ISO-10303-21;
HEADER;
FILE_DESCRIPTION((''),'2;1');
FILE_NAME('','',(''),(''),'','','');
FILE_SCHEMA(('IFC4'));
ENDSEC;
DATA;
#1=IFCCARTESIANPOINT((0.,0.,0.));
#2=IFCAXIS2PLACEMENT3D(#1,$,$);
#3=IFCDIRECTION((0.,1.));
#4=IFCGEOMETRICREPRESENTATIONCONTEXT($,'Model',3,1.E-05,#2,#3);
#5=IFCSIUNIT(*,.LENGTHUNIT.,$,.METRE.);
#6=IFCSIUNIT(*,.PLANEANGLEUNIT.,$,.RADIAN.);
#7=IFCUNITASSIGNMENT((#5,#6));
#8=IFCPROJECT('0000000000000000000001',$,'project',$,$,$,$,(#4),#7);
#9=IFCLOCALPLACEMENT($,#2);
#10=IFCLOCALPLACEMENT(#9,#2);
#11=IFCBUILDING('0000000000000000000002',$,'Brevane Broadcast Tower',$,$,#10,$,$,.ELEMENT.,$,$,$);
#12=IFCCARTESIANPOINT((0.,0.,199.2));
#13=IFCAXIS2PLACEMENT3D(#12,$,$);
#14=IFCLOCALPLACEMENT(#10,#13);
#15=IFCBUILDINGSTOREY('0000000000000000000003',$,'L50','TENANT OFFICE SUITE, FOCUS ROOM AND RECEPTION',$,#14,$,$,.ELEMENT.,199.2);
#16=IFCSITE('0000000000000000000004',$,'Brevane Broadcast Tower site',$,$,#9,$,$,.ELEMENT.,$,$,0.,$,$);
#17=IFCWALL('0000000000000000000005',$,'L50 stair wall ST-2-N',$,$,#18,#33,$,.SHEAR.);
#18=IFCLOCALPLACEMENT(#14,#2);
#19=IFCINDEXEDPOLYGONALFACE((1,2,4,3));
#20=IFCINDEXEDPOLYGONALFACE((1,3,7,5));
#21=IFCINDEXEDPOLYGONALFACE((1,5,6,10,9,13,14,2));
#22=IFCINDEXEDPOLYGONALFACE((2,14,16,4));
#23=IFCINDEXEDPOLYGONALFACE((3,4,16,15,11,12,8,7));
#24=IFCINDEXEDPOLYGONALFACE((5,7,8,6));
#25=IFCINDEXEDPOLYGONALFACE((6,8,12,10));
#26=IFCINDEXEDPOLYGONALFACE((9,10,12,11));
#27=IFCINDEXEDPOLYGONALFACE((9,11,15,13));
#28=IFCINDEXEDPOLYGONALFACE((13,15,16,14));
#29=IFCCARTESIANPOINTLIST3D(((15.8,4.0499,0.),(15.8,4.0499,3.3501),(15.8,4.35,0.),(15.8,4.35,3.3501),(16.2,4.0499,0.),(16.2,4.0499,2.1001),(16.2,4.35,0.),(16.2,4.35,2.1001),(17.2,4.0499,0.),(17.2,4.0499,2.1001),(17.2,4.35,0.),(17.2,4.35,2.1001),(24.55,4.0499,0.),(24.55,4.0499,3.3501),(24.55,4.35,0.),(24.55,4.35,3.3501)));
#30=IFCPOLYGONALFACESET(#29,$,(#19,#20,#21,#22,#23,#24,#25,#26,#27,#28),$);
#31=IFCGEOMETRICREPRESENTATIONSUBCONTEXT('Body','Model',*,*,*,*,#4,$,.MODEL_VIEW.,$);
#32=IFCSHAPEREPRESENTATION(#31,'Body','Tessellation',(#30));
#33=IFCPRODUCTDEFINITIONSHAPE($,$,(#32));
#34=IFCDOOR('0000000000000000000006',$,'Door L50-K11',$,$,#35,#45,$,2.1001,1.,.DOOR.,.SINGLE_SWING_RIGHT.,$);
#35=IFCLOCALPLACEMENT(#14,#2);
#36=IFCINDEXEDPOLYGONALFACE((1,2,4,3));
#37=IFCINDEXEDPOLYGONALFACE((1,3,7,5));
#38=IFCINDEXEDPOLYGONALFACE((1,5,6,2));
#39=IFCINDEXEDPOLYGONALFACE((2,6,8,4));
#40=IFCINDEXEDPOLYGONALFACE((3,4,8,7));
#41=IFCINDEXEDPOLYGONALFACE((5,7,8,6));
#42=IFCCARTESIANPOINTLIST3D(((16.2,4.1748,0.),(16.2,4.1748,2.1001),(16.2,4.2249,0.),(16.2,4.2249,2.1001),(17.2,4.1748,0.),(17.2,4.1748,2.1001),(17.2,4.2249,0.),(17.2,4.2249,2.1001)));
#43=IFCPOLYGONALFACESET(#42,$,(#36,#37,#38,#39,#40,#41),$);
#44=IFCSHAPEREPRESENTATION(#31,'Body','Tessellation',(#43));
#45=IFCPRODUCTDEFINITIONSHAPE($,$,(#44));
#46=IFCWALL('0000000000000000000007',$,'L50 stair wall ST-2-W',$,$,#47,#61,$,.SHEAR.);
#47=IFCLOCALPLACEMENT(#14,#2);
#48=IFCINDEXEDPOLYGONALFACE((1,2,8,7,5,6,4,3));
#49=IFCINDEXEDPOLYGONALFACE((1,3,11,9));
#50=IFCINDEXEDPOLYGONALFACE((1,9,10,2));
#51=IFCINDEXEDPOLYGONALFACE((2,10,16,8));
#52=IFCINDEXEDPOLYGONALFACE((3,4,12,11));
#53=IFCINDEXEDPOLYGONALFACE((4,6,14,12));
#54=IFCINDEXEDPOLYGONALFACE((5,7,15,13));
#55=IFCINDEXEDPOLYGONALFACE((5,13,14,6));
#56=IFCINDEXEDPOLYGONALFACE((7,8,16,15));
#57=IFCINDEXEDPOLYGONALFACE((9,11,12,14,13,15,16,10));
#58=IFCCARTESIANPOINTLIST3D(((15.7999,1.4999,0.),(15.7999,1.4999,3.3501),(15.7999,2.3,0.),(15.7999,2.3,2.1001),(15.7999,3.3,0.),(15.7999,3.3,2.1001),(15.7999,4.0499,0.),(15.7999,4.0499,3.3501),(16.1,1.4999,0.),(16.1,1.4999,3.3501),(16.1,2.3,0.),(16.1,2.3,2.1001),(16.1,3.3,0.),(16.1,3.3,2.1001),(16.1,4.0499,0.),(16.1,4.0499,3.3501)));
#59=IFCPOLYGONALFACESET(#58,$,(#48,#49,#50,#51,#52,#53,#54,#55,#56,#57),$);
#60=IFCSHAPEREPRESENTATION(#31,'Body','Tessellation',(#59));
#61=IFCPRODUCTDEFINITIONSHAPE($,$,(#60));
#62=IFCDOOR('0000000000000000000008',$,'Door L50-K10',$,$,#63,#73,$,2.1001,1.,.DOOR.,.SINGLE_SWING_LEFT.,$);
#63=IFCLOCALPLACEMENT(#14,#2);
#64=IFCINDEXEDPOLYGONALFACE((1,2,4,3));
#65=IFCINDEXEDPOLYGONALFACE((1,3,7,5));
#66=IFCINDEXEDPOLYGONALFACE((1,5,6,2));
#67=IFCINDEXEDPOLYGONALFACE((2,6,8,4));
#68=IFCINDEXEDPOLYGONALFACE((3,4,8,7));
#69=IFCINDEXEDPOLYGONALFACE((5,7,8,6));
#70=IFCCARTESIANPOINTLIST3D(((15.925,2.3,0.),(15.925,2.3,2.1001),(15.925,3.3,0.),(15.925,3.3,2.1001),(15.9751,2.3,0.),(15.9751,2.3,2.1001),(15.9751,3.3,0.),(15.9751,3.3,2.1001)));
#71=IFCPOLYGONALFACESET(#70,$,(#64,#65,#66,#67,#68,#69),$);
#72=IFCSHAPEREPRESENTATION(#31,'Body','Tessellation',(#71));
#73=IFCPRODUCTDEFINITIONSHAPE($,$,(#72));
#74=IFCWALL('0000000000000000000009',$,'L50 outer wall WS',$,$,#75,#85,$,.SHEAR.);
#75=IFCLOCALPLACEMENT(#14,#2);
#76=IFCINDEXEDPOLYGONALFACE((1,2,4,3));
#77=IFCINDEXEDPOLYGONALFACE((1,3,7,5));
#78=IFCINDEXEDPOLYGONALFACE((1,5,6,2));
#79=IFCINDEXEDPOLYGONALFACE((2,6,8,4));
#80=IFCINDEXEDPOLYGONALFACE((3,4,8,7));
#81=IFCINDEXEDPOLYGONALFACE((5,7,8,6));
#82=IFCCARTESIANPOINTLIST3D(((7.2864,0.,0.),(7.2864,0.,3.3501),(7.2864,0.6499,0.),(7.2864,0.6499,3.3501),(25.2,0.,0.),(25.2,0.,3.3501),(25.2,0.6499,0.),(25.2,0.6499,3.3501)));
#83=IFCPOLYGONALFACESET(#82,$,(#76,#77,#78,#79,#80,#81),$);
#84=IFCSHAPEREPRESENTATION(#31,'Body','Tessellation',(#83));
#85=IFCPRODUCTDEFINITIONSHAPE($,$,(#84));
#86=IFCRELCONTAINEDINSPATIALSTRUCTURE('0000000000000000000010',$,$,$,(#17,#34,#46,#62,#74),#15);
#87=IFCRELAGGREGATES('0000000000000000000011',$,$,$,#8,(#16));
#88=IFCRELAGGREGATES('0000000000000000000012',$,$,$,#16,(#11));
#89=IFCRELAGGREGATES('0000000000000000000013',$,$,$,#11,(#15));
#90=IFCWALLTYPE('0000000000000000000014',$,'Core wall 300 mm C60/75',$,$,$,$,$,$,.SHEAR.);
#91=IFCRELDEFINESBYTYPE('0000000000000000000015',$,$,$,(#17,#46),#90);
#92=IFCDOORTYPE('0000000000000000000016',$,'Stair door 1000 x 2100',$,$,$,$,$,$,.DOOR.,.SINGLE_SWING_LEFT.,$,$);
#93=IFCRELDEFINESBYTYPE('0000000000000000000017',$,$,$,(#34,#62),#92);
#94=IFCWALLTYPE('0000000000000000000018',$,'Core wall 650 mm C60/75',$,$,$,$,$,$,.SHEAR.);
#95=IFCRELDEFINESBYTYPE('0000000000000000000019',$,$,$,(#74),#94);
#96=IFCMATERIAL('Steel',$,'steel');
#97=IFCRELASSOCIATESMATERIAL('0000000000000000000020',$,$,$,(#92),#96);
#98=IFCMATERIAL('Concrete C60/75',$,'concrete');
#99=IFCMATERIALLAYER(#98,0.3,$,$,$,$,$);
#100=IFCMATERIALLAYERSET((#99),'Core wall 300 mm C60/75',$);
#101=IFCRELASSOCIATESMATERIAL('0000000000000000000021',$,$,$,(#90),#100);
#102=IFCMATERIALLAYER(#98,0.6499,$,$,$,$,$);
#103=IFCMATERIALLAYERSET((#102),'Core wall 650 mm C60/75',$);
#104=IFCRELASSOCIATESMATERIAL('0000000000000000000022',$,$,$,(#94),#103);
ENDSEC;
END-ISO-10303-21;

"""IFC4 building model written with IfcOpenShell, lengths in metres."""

from ifc_helpers import new_model, si_unit, direction, frame, frame_2d, origin, place, context, subcontext, project, spatial, rectangle, extrude, material, layer, layer_set, type_object, element, fill, save


model = new_model("IFC4")

# Units and contexts
model_context = context("Model", 3, precision=1e-05, world=origin(), true_north=direction((0.0, 1.0)))
body_context = subcontext(model_context, "Body", "Model", "MODEL_VIEW")
ifc_project = project(units=[si_unit("LENGTHUNIT", "METRE"), si_unit("PLANEANGLEUNIT", "RADIAN")], contexts=[model_context])

# Site, building, storey
site_placement = place(None, origin())
site = spatial("IfcSite", under=ifc_project, at=site_placement, Name="Brevane Broadcast Tower site", CompositionType="ELEMENT", RefElevation=0.0)
building_placement = place(site_placement, origin())
building = spatial("IfcBuilding", under=site, at=building_placement, Name="Brevane Broadcast Tower", CompositionType="ELEMENT")
storey_placement = place(building_placement, frame((0.0, 0.0, 199.2)))
storey = spatial("IfcBuildingStorey", under=building, at=storey_placement, Name="L50", Description="TENANT OFFICE SUITE, FOCUS ROOM AND RECEPTION", CompositionType="ELEMENT", Elevation=199.2)

# Shared definitions
ifc_material_1 = material(Name="Steel", Category="steel")
door_type_1 = type_object("IfcDoorType", Name="Stair door 1000 x 2100", OperationType="SINGLE_SWING_LEFT", PredefinedType="DOOR", material=ifc_material_1)

# Shared definitions
ifc_material_2 = material(Name="Concrete C60/75", Category="concrete")
ifc_layer_1 = layer(ifc_material_2, 0.3)
ifc_layer_set_1 = layer_set([ifc_layer_1], Name="Core wall 300 mm C60/75")
wall_type_1 = type_object("IfcWallType", Name="Core wall 300 mm C60/75", PredefinedType="SHEAR", material=ifc_layer_set_1)

# Walls, openings, doors
wall_1_placement = place(storey_placement, frame((15.8, 4.2, 0.0), z_axis=(0.0, 0.0, 1.0), x_axis=(1.0, 0.0, 0.0)))
wall_1 = element("IfcWall", 1, at=wall_1_placement, inside=storey, type_object=wall_type_1, Name="L50 stair wall ST-2-N", PredefinedType="SHEAR", context=body_context, shape_type="SweptSolid", body=[
    extrude(rectangle(XDim=8.75, YDim=0.3, at=frame_2d((4.375, 0.0))), origin(), (0.0, 0.0, 1.0), 3.3501),
])
opening_1_placement = place(wall_1_placement, frame((0.3999, 0.0, 0.0)))
opening_1 = element("IfcOpeningElement", 2, at=opening_1_placement, cuts=wall_1, PredefinedType="OPENING", context=body_context, shape_type="SweptSolid", body=[
    extrude(rectangle(XDim=1.0, YDim=2.1001, at=frame_2d((0.5, 1.05))), frame((0.0, 0.1599, 0.0), z_axis=(0.0, -1.0, 0.0), x_axis=(1.0, 0.0, 0.0)), (0.0, 0.0, 1.0), 0.3201),
])
door_1_placement = place(opening_1_placement, origin())
door_1 = element("IfcDoor", 3, at=door_1_placement, inside=storey, type_object=door_type_1, Name="Door L50-K11", OperationType="SINGLE_SWING_RIGHT", OverallHeight=2.1001, OverallWidth=1.0, PredefinedType="DOOR", context=body_context, shape_type="SweptSolid", body=[
    extrude(rectangle(XDim=1.0, YDim=2.1001, at=frame_2d((0.5, 1.05))), frame((0.0, 0.0249, 0.0), z_axis=(0.0, -1.0, 0.0), x_axis=(1.0, 0.0, 0.0)), (0.0, 0.0, 1.0), 0.05),
])
fill(opening_1, door_1)
wall_2_placement = place(storey_placement, frame((15.95, 1.5, 0.0), z_axis=(0.0, 0.0, 1.0), x_axis=(0.0, 1.0, 0.0)))
wall_2 = element("IfcWall", 4, at=wall_2_placement, inside=storey, type_object=wall_type_1, Name="L50 stair wall ST-2-W", PredefinedType="SHEAR", context=body_context, shape_type="SweptSolid", body=[
    extrude(rectangle(XDim=2.55, YDim=0.3, at=frame_2d((1.2749, 0.0))), origin(), (0.0, 0.0, 1.0), 3.3501),
])
opening_2_placement = place(wall_2_placement, frame((0.8, 0.0, 0.0)))
opening_2 = element("IfcOpeningElement", 5, at=opening_2_placement, cuts=wall_2, PredefinedType="OPENING", context=body_context, shape_type="SweptSolid", body=[
    extrude(rectangle(XDim=1.0, YDim=2.1001, at=frame_2d((0.5, 1.05))), frame((0.0, 0.1599, 0.0), z_axis=(0.0, -1.0, 0.0), x_axis=(1.0, 0.0, 0.0)), (0.0, 0.0, 1.0), 0.3201),
])
door_2_placement = place(opening_2_placement, origin())
door_2 = element("IfcDoor", 6, at=door_2_placement, inside=storey, type_object=door_type_1, Name="Door L50-K10", OperationType="SINGLE_SWING_LEFT", OverallHeight=2.1001, OverallWidth=1.0, PredefinedType="DOOR", context=body_context, shape_type="SweptSolid", body=[
    extrude(rectangle(XDim=1.0, YDim=2.1001, at=frame_2d((0.5, 1.05))), frame((0.0, 0.0249, 0.0), z_axis=(0.0, -1.0, 0.0), x_axis=(1.0, 0.0, 0.0)), (0.0, 0.0, 1.0), 0.05),
])
fill(opening_2, door_2)

# Wall
ifc_layer_2 = layer(ifc_material_2, 0.6499)
ifc_layer_set_2 = layer_set([ifc_layer_2], Name="Core wall 650 mm C60/75")
wall_type_2 = type_object("IfcWallType", Name="Core wall 650 mm C60/75", PredefinedType="SHEAR", material=ifc_layer_set_2)
wall_3_placement = place(storey_placement, frame((7.2864, 0.325, 0.0), z_axis=(0.0, 0.0, 1.0), x_axis=(1.0, 0.0, 0.0)))
element("IfcWall", 7, at=wall_3_placement, inside=storey, type_object=wall_type_2, Name="L50 outer wall WS", PredefinedType="SHEAR", context=body_context, shape_type="SweptSolid", body=[
    extrude(rectangle(XDim=17.9136, YDim=0.6499, at=frame_2d((8.9568, 0.0))), origin(), (0.0, 0.0, 1.0), 3.3501),
])

save(model, "model.ifc")
